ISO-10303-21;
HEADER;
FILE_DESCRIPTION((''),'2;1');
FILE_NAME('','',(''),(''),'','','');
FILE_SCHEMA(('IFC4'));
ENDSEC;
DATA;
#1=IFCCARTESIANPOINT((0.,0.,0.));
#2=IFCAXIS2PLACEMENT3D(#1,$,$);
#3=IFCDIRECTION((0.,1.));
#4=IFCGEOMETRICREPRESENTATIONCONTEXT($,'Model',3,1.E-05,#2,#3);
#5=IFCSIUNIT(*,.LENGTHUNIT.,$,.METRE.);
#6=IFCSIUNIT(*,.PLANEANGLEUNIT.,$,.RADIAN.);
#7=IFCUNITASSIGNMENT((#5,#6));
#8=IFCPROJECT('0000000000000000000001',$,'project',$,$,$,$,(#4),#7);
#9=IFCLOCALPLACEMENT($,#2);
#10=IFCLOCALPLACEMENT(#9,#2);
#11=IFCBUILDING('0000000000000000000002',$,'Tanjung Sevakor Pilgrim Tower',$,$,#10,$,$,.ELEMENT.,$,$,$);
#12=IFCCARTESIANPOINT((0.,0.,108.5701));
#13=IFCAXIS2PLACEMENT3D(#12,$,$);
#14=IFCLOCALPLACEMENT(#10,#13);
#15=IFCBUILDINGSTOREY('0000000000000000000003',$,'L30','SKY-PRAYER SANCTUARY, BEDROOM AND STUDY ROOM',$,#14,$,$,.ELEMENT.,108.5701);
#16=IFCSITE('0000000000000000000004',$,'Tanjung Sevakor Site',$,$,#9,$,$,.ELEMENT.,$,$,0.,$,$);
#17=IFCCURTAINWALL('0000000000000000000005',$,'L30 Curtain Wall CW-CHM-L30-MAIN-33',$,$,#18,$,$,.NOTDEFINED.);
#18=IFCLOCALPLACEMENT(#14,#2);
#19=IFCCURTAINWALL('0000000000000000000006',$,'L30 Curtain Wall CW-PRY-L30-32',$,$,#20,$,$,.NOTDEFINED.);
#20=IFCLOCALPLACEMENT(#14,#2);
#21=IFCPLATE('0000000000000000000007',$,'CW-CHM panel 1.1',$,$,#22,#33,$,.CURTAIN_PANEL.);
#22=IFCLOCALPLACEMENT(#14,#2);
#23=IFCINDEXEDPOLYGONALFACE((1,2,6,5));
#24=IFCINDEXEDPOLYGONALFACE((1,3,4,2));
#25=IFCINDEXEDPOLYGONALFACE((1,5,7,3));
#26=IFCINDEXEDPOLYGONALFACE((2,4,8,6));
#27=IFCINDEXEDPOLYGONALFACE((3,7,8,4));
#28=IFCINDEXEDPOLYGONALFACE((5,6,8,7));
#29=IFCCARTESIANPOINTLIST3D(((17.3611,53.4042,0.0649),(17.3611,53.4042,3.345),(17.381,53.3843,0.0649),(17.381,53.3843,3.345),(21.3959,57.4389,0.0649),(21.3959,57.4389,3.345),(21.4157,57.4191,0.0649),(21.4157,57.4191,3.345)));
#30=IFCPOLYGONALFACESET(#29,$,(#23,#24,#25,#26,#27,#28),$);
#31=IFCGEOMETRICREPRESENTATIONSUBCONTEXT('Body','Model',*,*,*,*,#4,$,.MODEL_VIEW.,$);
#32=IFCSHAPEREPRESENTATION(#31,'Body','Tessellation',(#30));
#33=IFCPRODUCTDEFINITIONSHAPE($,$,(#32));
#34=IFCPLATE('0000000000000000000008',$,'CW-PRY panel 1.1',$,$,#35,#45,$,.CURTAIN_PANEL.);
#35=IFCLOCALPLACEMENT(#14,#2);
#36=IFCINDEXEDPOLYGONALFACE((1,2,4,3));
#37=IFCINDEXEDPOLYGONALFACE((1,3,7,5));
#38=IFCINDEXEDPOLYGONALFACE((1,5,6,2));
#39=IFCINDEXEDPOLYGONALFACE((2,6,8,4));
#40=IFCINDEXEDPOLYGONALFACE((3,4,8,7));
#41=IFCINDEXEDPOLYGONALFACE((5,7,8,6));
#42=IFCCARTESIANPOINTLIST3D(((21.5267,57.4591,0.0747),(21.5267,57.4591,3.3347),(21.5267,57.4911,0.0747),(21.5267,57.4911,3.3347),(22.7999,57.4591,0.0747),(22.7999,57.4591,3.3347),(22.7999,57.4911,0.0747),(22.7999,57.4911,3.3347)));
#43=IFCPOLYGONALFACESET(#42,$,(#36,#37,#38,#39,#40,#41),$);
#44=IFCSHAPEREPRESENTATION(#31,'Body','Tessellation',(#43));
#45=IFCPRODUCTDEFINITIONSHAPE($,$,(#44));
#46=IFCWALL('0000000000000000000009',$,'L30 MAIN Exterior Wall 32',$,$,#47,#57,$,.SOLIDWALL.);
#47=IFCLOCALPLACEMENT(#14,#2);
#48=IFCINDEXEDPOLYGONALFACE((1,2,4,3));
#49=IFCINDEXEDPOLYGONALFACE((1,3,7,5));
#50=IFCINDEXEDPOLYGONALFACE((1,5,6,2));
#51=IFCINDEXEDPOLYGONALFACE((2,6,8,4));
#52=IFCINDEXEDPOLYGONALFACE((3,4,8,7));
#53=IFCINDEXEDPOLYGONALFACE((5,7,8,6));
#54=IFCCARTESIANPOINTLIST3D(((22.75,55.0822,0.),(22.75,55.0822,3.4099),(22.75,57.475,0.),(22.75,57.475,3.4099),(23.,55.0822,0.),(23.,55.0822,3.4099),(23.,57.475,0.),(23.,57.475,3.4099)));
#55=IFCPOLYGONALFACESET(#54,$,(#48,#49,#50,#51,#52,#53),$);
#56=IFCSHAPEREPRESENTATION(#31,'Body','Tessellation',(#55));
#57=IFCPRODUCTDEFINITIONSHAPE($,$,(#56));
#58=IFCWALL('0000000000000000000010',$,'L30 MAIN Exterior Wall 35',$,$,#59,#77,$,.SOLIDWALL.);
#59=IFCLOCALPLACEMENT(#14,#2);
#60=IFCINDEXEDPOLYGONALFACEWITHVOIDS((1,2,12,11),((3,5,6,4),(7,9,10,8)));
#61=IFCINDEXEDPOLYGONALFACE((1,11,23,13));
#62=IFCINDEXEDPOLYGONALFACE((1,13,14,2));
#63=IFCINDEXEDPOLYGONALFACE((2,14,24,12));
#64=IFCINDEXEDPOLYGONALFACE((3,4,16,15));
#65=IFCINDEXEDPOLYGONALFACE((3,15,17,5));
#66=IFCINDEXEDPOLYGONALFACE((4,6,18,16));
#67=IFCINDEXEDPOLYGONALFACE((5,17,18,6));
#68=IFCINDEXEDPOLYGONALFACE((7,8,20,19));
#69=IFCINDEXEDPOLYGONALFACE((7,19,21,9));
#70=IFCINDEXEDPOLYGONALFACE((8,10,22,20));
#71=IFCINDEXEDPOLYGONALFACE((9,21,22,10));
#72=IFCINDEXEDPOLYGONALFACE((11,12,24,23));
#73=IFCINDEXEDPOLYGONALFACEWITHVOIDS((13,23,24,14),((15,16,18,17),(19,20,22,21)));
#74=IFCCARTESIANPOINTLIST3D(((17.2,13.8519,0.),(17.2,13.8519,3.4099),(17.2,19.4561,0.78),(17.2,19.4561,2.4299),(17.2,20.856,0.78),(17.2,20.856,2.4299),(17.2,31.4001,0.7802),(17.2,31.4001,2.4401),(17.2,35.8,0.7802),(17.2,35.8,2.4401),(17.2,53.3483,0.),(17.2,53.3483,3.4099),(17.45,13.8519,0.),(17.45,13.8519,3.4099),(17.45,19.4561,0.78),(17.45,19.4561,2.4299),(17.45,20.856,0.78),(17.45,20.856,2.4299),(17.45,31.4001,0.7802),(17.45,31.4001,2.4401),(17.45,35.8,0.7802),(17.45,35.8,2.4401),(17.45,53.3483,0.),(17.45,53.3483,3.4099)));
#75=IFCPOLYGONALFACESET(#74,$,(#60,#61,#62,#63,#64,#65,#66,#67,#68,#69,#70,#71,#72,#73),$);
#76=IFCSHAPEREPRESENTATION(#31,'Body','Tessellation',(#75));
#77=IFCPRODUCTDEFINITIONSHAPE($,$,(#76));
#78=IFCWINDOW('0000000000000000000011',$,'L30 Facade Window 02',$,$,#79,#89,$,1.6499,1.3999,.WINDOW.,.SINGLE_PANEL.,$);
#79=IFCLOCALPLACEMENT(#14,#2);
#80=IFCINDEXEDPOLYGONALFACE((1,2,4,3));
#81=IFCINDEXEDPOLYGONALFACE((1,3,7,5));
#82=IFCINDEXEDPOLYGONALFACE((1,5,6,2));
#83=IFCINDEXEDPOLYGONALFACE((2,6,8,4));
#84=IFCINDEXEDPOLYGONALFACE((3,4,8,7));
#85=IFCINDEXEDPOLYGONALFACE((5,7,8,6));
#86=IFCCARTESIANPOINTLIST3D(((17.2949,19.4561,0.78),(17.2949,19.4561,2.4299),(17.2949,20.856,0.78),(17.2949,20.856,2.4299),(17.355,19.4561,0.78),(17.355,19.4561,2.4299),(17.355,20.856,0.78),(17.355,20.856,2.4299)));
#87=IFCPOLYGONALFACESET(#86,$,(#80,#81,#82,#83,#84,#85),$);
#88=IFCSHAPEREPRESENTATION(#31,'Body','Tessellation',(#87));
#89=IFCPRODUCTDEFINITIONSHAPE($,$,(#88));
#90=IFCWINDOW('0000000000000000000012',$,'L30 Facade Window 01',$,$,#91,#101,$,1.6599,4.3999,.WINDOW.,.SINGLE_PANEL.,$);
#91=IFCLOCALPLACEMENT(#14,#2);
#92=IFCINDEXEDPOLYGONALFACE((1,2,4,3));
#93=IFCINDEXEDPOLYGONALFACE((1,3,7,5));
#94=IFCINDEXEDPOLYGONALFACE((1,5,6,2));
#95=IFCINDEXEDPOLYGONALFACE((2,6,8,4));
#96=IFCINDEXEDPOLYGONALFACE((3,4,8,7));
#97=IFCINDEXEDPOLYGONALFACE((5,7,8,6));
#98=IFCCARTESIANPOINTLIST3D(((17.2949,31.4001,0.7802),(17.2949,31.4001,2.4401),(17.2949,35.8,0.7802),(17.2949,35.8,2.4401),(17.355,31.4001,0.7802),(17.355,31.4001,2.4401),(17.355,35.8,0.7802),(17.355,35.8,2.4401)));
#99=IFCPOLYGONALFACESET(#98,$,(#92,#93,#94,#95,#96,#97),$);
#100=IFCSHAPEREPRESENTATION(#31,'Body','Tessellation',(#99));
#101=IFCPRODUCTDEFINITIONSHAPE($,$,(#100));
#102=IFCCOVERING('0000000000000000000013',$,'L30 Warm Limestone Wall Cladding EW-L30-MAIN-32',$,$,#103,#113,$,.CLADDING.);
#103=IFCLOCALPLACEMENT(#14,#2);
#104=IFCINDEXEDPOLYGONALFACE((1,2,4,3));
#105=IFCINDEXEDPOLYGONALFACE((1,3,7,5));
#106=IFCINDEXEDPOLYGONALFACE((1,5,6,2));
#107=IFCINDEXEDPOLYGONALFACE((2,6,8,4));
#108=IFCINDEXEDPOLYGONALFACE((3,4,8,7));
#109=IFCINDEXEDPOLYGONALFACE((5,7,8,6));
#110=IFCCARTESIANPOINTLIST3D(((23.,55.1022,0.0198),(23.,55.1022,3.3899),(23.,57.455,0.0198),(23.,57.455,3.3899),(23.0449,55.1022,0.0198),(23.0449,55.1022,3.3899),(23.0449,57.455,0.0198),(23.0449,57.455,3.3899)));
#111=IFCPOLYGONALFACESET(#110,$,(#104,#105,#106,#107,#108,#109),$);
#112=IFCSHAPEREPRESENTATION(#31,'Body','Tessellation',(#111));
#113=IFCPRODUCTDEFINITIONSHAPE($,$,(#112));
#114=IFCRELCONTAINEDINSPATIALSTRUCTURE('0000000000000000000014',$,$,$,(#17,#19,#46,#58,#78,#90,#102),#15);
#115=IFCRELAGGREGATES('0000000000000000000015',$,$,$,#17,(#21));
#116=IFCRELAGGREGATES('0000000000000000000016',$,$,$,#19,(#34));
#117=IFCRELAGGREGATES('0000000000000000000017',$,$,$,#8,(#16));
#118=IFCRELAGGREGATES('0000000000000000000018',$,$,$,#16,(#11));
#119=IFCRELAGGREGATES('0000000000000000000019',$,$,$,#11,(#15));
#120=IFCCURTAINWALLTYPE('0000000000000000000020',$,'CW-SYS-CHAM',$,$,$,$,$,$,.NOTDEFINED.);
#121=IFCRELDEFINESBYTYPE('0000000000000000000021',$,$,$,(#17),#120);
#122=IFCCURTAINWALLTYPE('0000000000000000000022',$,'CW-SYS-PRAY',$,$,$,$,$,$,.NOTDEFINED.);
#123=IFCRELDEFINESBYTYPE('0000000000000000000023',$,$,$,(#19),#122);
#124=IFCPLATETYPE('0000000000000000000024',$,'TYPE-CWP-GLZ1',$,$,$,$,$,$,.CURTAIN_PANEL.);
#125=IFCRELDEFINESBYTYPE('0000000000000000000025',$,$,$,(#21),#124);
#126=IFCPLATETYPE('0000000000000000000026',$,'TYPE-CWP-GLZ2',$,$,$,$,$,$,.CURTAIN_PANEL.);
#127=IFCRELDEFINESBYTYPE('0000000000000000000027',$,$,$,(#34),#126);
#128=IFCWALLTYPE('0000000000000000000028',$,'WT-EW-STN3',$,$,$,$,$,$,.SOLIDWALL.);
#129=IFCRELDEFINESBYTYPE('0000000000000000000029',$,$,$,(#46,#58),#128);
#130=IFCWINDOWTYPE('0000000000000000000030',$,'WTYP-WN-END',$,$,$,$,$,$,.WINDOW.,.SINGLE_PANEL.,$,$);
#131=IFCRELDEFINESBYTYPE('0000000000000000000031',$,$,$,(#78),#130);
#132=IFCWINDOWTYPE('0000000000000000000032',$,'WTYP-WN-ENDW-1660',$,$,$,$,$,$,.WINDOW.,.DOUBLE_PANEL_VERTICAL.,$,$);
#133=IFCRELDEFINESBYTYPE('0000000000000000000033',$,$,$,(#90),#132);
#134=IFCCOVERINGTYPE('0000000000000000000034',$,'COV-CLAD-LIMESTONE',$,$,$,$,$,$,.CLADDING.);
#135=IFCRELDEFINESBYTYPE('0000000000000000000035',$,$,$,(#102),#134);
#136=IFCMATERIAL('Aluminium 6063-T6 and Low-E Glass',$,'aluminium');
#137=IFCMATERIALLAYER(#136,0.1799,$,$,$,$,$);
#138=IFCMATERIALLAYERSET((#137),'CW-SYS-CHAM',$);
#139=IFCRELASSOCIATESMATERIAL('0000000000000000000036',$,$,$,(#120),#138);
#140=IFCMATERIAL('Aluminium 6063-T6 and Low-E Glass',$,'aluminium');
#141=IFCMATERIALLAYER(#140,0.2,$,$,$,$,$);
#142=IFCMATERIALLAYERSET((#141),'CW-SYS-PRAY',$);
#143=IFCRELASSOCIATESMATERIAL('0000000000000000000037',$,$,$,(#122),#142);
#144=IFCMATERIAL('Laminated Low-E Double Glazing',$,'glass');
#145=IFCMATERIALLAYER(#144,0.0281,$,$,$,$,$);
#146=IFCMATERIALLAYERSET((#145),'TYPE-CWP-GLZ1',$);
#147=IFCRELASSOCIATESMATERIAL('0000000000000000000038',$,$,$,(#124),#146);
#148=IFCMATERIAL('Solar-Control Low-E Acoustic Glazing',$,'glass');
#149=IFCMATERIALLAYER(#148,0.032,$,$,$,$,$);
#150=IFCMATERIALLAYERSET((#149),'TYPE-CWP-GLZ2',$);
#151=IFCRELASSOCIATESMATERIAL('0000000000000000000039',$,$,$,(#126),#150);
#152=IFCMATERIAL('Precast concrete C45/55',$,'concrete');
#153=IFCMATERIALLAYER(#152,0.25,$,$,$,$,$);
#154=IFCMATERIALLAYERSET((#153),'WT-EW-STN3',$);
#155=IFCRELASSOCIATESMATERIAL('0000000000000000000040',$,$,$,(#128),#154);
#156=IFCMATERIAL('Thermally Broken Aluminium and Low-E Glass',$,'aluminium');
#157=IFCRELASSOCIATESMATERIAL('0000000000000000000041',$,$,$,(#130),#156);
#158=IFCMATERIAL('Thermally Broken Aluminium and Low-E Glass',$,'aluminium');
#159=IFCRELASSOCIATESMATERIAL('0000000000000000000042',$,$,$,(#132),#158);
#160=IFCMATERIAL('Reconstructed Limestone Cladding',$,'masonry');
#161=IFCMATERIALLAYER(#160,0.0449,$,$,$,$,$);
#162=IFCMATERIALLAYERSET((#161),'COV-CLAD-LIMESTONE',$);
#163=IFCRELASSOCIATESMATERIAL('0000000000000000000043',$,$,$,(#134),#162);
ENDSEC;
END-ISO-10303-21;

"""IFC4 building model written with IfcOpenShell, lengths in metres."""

from ifc_helpers import new_model, si_unit, direction, frame, frame_2d, origin, origin_2d, place, context, subcontext, project, spatial, rectangle, extrude, material, layer, layer_set, type_object, element, fill, aggregate, save


model = new_model("IFC4")

# Units and contexts
model_context = context("Model", 3, precision=1e-05, world=origin(), true_north=direction((0.0, 1.0)))
body_context = subcontext(model_context, "Body", "Model", "MODEL_VIEW")
ifc_project = project(units=[si_unit("LENGTHUNIT", "METRE"), si_unit("PLANEANGLEUNIT", "RADIAN")], contexts=[model_context])

# Site, building, storey
site_placement = place(None, origin())
site = spatial("IfcSite", under=ifc_project, at=site_placement, Name="Tanjung Sevakor Site", CompositionType="ELEMENT", RefElevation=0.0)
building_placement = place(site_placement, origin())
building = spatial("IfcBuilding", under=site, at=building_placement, Name="Tanjung Sevakor Pilgrim Tower", CompositionType="ELEMENT")
storey_placement = place(building_placement, frame((0.0, 0.0, 108.5701)))
storey = spatial("IfcBuildingStorey", under=building, at=storey_placement, Name="L30", Description="SKY-PRAYER SANCTUARY, BEDROOM AND STUDY ROOM", CompositionType="ELEMENT", Elevation=108.5701)

# Curtain wall
ifc_material_1 = material(Name="Aluminium 6063-T6 and Low-E Glass", Category="aluminium")
ifc_layer_1 = layer(ifc_material_1, 0.1799)
ifc_layer_set_1 = layer_set([ifc_layer_1], Name="CW-SYS-CHAM")
curtain_wall_type_1 = type_object("IfcCurtainWallType", Name="CW-SYS-CHAM", PredefinedType="NOTDEFINED", material=ifc_layer_set_1)
curtain_wall_1_placement = place(storey_placement, origin())
curtain_wall_1 = element("IfcCurtainWall", 1, at=curtain_wall_1_placement, inside=storey, type_object=curtain_wall_type_1, Name="L30 Curtain Wall CW-CHM-L30-MAIN-33", PredefinedType="NOTDEFINED")

# Shared definitions
ifc_material_2 = material(Name="Aluminium 6063-T6 and Low-E Glass", Category="aluminium")
ifc_layer_2 = layer(ifc_material_2, 0.2)
ifc_layer_set_2 = layer_set([ifc_layer_2], Name="CW-SYS-PRAY")
curtain_wall_type_2 = type_object("IfcCurtainWallType", Name="CW-SYS-PRAY", PredefinedType="NOTDEFINED", material=ifc_layer_set_2)

# Curtain wall
curtain_wall_2_placement = place(storey_placement, origin())
curtain_wall_2 = element("IfcCurtainWall", 2, at=curtain_wall_2_placement, inside=storey, type_object=curtain_wall_type_2, Name="L30 Curtain Wall CW-PRY-L30-32", PredefinedType="NOTDEFINED")

# Plates
ifc_material_3 = material(Name="Laminated Low-E Double Glazing", Category="glass")
ifc_layer_3 = layer(ifc_material_3, 0.0281)
ifc_layer_set_3 = layer_set([ifc_layer_3], Name="TYPE-CWP-GLZ1")
plate_type_1 = type_object("IfcPlateType", Name="TYPE-CWP-GLZ1", PredefinedType="CURTAIN_PANEL", material=ifc_layer_set_3)
plate_1_placement = place(storey_placement, frame((19.3884, 55.4116, 0.0649), z_axis=(0.0, 0.0, 1.0), x_axis=(-0.707107, -0.707107, 0.0)))
plate_1 = element("IfcPlate", 3, at=plate_1_placement, type_object=plate_type_1, Name="CW-CHM panel 1.1", PredefinedType="CURTAIN_PANEL", context=body_context, shape_type="SweptSolid", body=[
    extrude(rectangle(XDim=5.7061, YDim=0.0281, at=origin_2d()), origin(), (0.0, 0.0, 1.0), 3.28),
])
aggregate(curtain_wall_1, [plate_1])
ifc_material_4 = material(Name="Solar-Control Low-E Acoustic Glazing", Category="glass")
ifc_layer_4 = layer(ifc_material_4, 0.032)
ifc_layer_set_4 = layer_set([ifc_layer_4], Name="TYPE-CWP-GLZ2")
plate_type_2 = type_object("IfcPlateType", Name="TYPE-CWP-GLZ2", PredefinedType="CURTAIN_PANEL", material=ifc_layer_set_4)
plate_2_placement = place(storey_placement, frame((22.1633, 57.4751, 0.0747), z_axis=(0.0, 0.0, 1.0), x_axis=(-1.0, 0.0, 0.0)))
plate_2 = element("IfcPlate", 4, at=plate_2_placement, type_object=plate_type_2, Name="CW-PRY panel 1.1", PredefinedType="CURTAIN_PANEL", context=body_context, shape_type="SweptSolid", body=[
    extrude(rectangle(XDim=1.2732, YDim=0.032, at=origin_2d()), origin(), (0.0, 0.0, 1.0), 3.26),
])
aggregate(curtain_wall_2, [plate_2])

# Wall
ifc_material_5 = material(Name="Precast concrete C45/55", Category="concrete")
ifc_layer_5 = layer(ifc_material_5, 0.25)
ifc_layer_set_5 = layer_set([ifc_layer_5], Name="WT-EW-STN3")
wall_type = type_object("IfcWallType", Name="WT-EW-STN3", PredefinedType="SOLIDWALL", material=ifc_layer_set_5)
wall_1_placement = place(storey_placement, frame((22.875, 55.0823, 0.0), z_axis=(0.0, 0.0, 1.0), x_axis=(0.0, 1.0, 0.0)))
element("IfcWall", 5, at=wall_1_placement, inside=storey, type_object=wall_type, Name="L30 MAIN Exterior Wall 32", PredefinedType="SOLIDWALL", context=body_context, shape_type="SweptSolid", body=[
    extrude(rectangle(XDim=2.3928, YDim=0.25, at=frame_2d((1.1963, 0.0))), origin(), (0.0, 0.0, 1.0), 3.4099),
])

# Wall, openings, windows
wall_2_placement = place(storey_placement, frame((17.325, 53.3481, 0.0), z_axis=(0.0, 0.0, 1.0), x_axis=(0.0, -1.0, 0.0)))
wall_2 = element("IfcWall", 6, at=wall_2_placement, inside=storey, type_object=wall_type, Name="L30 MAIN Exterior Wall 35", PredefinedType="SOLIDWALL", context=body_context, shape_type="SweptSolid", body=[
    extrude(rectangle(XDim=39.4963, YDim=0.25, at=frame_2d((19.748, 0.0))), origin(), (0.0, 0.0, 1.0), 3.4099),
])
opening_1_placement = place(wall_2_placement, frame((17.5481, 0.0, 0.78)))
opening_1 = element("IfcOpeningElement", 7, at=opening_1_placement, cuts=wall_2, PredefinedType="OPENING", context=body_context, shape_type="SweptSolid", body=[
    extrude(rectangle(XDim=4.3999, YDim=1.6599, at=frame_2d((2.2, 0.8301))), frame((0.0, 0.135, 0.0), z_axis=(0.0, -1.0, 0.0), x_axis=(1.0, 0.0, 0.0)), (0.0, 0.0, 1.0), 0.27),
])
opening_2_placement = place(wall_2_placement, frame((32.4922, 0.0, 0.78)))
opening_2 = element("IfcOpeningElement", 8, at=opening_2_placement, cuts=wall_2, PredefinedType="OPENING", context=body_context, shape_type="SweptSolid", body=[
    extrude(rectangle(XDim=1.3999, YDim=1.6499, at=frame_2d((0.7, 0.825))), frame((0.0, 0.135, 0.0), z_axis=(0.0, -1.0, 0.0), x_axis=(1.0, 0.0, 0.0)), (0.0, 0.0, 1.0), 0.27),
])
ifc_material_6 = material(Name="Thermally Broken Aluminium and Low-E Glass", Category="aluminium")
window_type_1 = type_object("IfcWindowType", Name="WTYP-WN-END", PartitioningType="SINGLE_PANEL", PredefinedType="WINDOW", material=ifc_material_6)
window_1_placement = place(opening_2_placement, origin())
window_1 = element("IfcWindow", 9, at=window_1_placement, inside=storey, type_object=window_type_1, Name="L30 Facade Window 02", OverallHeight=1.6499, OverallWidth=1.3999, PartitioningType="SINGLE_PANEL", PredefinedType="WINDOW", context=body_context, shape_type="SweptSolid", body=[
    extrude(rectangle(XDim=1.3999, YDim=1.6499, at=frame_2d((0.7, 0.825))), frame((0.0, 0.03, 0.0), z_axis=(0.0, -1.0, 0.0), x_axis=(1.0, 0.0, 0.0)), (0.0, 0.0, 1.0), 0.0601),
])
fill(opening_2, window_1)
ifc_material_7 = material(Name="Thermally Broken Aluminium and Low-E Glass", Category="aluminium")
window_type_2 = type_object("IfcWindowType", Name="WTYP-WN-ENDW-1660", PartitioningType="DOUBLE_PANEL_VERTICAL", PredefinedType="WINDOW", material=ifc_material_7)
window_2_placement = place(opening_1_placement, origin())
window_2 = element("IfcWindow", 10, at=window_2_placement, inside=storey, type_object=window_type_2, Name="L30 Facade Window 01", OverallHeight=1.6599, OverallWidth=4.3999, PartitioningType="SINGLE_PANEL", PredefinedType="WINDOW", context=body_context, shape_type="SweptSolid", body=[
    extrude(rectangle(XDim=4.3999, YDim=1.6599, at=frame_2d((2.2, 0.8301))), frame((0.0, 0.03, 0.0), z_axis=(0.0, -1.0, 0.0), x_axis=(1.0, 0.0, 0.0)), (0.0, 0.0, 1.0), 0.0601),
])
fill(opening_1, window_2)

# Covering
ifc_material_8 = material(Name="Reconstructed Limestone Cladding", Category="masonry")
ifc_layer_6 = layer(ifc_material_8, 0.0449)
ifc_layer_set_6 = layer_set([ifc_layer_6], Name="COV-CLAD-LIMESTONE")
covering_type = type_object("IfcCoveringType", Name="COV-CLAD-LIMESTONE", PredefinedType="CLADDING", material=ifc_layer_set_6)
covering_placement = place(storey_placement, frame((23.0225, 56.2786, 0.0198), z_axis=(0.0, 0.0, 1.0), x_axis=(0.0, 1.0, 0.0)))
element("IfcCovering", 11, at=covering_placement, inside=storey, type_object=covering_type, Name="L30 Warm Limestone Wall Cladding EW-L30-MAIN-32", PredefinedType="CLADDING", context=body_context, shape_type="SweptSolid", body=[
    extrude(rectangle(XDim=2.3528, YDim=0.0449, at=origin_2d()), origin(), (0.0, 0.0, 1.0), 3.3701),
])

save(model, "model.ifc")
